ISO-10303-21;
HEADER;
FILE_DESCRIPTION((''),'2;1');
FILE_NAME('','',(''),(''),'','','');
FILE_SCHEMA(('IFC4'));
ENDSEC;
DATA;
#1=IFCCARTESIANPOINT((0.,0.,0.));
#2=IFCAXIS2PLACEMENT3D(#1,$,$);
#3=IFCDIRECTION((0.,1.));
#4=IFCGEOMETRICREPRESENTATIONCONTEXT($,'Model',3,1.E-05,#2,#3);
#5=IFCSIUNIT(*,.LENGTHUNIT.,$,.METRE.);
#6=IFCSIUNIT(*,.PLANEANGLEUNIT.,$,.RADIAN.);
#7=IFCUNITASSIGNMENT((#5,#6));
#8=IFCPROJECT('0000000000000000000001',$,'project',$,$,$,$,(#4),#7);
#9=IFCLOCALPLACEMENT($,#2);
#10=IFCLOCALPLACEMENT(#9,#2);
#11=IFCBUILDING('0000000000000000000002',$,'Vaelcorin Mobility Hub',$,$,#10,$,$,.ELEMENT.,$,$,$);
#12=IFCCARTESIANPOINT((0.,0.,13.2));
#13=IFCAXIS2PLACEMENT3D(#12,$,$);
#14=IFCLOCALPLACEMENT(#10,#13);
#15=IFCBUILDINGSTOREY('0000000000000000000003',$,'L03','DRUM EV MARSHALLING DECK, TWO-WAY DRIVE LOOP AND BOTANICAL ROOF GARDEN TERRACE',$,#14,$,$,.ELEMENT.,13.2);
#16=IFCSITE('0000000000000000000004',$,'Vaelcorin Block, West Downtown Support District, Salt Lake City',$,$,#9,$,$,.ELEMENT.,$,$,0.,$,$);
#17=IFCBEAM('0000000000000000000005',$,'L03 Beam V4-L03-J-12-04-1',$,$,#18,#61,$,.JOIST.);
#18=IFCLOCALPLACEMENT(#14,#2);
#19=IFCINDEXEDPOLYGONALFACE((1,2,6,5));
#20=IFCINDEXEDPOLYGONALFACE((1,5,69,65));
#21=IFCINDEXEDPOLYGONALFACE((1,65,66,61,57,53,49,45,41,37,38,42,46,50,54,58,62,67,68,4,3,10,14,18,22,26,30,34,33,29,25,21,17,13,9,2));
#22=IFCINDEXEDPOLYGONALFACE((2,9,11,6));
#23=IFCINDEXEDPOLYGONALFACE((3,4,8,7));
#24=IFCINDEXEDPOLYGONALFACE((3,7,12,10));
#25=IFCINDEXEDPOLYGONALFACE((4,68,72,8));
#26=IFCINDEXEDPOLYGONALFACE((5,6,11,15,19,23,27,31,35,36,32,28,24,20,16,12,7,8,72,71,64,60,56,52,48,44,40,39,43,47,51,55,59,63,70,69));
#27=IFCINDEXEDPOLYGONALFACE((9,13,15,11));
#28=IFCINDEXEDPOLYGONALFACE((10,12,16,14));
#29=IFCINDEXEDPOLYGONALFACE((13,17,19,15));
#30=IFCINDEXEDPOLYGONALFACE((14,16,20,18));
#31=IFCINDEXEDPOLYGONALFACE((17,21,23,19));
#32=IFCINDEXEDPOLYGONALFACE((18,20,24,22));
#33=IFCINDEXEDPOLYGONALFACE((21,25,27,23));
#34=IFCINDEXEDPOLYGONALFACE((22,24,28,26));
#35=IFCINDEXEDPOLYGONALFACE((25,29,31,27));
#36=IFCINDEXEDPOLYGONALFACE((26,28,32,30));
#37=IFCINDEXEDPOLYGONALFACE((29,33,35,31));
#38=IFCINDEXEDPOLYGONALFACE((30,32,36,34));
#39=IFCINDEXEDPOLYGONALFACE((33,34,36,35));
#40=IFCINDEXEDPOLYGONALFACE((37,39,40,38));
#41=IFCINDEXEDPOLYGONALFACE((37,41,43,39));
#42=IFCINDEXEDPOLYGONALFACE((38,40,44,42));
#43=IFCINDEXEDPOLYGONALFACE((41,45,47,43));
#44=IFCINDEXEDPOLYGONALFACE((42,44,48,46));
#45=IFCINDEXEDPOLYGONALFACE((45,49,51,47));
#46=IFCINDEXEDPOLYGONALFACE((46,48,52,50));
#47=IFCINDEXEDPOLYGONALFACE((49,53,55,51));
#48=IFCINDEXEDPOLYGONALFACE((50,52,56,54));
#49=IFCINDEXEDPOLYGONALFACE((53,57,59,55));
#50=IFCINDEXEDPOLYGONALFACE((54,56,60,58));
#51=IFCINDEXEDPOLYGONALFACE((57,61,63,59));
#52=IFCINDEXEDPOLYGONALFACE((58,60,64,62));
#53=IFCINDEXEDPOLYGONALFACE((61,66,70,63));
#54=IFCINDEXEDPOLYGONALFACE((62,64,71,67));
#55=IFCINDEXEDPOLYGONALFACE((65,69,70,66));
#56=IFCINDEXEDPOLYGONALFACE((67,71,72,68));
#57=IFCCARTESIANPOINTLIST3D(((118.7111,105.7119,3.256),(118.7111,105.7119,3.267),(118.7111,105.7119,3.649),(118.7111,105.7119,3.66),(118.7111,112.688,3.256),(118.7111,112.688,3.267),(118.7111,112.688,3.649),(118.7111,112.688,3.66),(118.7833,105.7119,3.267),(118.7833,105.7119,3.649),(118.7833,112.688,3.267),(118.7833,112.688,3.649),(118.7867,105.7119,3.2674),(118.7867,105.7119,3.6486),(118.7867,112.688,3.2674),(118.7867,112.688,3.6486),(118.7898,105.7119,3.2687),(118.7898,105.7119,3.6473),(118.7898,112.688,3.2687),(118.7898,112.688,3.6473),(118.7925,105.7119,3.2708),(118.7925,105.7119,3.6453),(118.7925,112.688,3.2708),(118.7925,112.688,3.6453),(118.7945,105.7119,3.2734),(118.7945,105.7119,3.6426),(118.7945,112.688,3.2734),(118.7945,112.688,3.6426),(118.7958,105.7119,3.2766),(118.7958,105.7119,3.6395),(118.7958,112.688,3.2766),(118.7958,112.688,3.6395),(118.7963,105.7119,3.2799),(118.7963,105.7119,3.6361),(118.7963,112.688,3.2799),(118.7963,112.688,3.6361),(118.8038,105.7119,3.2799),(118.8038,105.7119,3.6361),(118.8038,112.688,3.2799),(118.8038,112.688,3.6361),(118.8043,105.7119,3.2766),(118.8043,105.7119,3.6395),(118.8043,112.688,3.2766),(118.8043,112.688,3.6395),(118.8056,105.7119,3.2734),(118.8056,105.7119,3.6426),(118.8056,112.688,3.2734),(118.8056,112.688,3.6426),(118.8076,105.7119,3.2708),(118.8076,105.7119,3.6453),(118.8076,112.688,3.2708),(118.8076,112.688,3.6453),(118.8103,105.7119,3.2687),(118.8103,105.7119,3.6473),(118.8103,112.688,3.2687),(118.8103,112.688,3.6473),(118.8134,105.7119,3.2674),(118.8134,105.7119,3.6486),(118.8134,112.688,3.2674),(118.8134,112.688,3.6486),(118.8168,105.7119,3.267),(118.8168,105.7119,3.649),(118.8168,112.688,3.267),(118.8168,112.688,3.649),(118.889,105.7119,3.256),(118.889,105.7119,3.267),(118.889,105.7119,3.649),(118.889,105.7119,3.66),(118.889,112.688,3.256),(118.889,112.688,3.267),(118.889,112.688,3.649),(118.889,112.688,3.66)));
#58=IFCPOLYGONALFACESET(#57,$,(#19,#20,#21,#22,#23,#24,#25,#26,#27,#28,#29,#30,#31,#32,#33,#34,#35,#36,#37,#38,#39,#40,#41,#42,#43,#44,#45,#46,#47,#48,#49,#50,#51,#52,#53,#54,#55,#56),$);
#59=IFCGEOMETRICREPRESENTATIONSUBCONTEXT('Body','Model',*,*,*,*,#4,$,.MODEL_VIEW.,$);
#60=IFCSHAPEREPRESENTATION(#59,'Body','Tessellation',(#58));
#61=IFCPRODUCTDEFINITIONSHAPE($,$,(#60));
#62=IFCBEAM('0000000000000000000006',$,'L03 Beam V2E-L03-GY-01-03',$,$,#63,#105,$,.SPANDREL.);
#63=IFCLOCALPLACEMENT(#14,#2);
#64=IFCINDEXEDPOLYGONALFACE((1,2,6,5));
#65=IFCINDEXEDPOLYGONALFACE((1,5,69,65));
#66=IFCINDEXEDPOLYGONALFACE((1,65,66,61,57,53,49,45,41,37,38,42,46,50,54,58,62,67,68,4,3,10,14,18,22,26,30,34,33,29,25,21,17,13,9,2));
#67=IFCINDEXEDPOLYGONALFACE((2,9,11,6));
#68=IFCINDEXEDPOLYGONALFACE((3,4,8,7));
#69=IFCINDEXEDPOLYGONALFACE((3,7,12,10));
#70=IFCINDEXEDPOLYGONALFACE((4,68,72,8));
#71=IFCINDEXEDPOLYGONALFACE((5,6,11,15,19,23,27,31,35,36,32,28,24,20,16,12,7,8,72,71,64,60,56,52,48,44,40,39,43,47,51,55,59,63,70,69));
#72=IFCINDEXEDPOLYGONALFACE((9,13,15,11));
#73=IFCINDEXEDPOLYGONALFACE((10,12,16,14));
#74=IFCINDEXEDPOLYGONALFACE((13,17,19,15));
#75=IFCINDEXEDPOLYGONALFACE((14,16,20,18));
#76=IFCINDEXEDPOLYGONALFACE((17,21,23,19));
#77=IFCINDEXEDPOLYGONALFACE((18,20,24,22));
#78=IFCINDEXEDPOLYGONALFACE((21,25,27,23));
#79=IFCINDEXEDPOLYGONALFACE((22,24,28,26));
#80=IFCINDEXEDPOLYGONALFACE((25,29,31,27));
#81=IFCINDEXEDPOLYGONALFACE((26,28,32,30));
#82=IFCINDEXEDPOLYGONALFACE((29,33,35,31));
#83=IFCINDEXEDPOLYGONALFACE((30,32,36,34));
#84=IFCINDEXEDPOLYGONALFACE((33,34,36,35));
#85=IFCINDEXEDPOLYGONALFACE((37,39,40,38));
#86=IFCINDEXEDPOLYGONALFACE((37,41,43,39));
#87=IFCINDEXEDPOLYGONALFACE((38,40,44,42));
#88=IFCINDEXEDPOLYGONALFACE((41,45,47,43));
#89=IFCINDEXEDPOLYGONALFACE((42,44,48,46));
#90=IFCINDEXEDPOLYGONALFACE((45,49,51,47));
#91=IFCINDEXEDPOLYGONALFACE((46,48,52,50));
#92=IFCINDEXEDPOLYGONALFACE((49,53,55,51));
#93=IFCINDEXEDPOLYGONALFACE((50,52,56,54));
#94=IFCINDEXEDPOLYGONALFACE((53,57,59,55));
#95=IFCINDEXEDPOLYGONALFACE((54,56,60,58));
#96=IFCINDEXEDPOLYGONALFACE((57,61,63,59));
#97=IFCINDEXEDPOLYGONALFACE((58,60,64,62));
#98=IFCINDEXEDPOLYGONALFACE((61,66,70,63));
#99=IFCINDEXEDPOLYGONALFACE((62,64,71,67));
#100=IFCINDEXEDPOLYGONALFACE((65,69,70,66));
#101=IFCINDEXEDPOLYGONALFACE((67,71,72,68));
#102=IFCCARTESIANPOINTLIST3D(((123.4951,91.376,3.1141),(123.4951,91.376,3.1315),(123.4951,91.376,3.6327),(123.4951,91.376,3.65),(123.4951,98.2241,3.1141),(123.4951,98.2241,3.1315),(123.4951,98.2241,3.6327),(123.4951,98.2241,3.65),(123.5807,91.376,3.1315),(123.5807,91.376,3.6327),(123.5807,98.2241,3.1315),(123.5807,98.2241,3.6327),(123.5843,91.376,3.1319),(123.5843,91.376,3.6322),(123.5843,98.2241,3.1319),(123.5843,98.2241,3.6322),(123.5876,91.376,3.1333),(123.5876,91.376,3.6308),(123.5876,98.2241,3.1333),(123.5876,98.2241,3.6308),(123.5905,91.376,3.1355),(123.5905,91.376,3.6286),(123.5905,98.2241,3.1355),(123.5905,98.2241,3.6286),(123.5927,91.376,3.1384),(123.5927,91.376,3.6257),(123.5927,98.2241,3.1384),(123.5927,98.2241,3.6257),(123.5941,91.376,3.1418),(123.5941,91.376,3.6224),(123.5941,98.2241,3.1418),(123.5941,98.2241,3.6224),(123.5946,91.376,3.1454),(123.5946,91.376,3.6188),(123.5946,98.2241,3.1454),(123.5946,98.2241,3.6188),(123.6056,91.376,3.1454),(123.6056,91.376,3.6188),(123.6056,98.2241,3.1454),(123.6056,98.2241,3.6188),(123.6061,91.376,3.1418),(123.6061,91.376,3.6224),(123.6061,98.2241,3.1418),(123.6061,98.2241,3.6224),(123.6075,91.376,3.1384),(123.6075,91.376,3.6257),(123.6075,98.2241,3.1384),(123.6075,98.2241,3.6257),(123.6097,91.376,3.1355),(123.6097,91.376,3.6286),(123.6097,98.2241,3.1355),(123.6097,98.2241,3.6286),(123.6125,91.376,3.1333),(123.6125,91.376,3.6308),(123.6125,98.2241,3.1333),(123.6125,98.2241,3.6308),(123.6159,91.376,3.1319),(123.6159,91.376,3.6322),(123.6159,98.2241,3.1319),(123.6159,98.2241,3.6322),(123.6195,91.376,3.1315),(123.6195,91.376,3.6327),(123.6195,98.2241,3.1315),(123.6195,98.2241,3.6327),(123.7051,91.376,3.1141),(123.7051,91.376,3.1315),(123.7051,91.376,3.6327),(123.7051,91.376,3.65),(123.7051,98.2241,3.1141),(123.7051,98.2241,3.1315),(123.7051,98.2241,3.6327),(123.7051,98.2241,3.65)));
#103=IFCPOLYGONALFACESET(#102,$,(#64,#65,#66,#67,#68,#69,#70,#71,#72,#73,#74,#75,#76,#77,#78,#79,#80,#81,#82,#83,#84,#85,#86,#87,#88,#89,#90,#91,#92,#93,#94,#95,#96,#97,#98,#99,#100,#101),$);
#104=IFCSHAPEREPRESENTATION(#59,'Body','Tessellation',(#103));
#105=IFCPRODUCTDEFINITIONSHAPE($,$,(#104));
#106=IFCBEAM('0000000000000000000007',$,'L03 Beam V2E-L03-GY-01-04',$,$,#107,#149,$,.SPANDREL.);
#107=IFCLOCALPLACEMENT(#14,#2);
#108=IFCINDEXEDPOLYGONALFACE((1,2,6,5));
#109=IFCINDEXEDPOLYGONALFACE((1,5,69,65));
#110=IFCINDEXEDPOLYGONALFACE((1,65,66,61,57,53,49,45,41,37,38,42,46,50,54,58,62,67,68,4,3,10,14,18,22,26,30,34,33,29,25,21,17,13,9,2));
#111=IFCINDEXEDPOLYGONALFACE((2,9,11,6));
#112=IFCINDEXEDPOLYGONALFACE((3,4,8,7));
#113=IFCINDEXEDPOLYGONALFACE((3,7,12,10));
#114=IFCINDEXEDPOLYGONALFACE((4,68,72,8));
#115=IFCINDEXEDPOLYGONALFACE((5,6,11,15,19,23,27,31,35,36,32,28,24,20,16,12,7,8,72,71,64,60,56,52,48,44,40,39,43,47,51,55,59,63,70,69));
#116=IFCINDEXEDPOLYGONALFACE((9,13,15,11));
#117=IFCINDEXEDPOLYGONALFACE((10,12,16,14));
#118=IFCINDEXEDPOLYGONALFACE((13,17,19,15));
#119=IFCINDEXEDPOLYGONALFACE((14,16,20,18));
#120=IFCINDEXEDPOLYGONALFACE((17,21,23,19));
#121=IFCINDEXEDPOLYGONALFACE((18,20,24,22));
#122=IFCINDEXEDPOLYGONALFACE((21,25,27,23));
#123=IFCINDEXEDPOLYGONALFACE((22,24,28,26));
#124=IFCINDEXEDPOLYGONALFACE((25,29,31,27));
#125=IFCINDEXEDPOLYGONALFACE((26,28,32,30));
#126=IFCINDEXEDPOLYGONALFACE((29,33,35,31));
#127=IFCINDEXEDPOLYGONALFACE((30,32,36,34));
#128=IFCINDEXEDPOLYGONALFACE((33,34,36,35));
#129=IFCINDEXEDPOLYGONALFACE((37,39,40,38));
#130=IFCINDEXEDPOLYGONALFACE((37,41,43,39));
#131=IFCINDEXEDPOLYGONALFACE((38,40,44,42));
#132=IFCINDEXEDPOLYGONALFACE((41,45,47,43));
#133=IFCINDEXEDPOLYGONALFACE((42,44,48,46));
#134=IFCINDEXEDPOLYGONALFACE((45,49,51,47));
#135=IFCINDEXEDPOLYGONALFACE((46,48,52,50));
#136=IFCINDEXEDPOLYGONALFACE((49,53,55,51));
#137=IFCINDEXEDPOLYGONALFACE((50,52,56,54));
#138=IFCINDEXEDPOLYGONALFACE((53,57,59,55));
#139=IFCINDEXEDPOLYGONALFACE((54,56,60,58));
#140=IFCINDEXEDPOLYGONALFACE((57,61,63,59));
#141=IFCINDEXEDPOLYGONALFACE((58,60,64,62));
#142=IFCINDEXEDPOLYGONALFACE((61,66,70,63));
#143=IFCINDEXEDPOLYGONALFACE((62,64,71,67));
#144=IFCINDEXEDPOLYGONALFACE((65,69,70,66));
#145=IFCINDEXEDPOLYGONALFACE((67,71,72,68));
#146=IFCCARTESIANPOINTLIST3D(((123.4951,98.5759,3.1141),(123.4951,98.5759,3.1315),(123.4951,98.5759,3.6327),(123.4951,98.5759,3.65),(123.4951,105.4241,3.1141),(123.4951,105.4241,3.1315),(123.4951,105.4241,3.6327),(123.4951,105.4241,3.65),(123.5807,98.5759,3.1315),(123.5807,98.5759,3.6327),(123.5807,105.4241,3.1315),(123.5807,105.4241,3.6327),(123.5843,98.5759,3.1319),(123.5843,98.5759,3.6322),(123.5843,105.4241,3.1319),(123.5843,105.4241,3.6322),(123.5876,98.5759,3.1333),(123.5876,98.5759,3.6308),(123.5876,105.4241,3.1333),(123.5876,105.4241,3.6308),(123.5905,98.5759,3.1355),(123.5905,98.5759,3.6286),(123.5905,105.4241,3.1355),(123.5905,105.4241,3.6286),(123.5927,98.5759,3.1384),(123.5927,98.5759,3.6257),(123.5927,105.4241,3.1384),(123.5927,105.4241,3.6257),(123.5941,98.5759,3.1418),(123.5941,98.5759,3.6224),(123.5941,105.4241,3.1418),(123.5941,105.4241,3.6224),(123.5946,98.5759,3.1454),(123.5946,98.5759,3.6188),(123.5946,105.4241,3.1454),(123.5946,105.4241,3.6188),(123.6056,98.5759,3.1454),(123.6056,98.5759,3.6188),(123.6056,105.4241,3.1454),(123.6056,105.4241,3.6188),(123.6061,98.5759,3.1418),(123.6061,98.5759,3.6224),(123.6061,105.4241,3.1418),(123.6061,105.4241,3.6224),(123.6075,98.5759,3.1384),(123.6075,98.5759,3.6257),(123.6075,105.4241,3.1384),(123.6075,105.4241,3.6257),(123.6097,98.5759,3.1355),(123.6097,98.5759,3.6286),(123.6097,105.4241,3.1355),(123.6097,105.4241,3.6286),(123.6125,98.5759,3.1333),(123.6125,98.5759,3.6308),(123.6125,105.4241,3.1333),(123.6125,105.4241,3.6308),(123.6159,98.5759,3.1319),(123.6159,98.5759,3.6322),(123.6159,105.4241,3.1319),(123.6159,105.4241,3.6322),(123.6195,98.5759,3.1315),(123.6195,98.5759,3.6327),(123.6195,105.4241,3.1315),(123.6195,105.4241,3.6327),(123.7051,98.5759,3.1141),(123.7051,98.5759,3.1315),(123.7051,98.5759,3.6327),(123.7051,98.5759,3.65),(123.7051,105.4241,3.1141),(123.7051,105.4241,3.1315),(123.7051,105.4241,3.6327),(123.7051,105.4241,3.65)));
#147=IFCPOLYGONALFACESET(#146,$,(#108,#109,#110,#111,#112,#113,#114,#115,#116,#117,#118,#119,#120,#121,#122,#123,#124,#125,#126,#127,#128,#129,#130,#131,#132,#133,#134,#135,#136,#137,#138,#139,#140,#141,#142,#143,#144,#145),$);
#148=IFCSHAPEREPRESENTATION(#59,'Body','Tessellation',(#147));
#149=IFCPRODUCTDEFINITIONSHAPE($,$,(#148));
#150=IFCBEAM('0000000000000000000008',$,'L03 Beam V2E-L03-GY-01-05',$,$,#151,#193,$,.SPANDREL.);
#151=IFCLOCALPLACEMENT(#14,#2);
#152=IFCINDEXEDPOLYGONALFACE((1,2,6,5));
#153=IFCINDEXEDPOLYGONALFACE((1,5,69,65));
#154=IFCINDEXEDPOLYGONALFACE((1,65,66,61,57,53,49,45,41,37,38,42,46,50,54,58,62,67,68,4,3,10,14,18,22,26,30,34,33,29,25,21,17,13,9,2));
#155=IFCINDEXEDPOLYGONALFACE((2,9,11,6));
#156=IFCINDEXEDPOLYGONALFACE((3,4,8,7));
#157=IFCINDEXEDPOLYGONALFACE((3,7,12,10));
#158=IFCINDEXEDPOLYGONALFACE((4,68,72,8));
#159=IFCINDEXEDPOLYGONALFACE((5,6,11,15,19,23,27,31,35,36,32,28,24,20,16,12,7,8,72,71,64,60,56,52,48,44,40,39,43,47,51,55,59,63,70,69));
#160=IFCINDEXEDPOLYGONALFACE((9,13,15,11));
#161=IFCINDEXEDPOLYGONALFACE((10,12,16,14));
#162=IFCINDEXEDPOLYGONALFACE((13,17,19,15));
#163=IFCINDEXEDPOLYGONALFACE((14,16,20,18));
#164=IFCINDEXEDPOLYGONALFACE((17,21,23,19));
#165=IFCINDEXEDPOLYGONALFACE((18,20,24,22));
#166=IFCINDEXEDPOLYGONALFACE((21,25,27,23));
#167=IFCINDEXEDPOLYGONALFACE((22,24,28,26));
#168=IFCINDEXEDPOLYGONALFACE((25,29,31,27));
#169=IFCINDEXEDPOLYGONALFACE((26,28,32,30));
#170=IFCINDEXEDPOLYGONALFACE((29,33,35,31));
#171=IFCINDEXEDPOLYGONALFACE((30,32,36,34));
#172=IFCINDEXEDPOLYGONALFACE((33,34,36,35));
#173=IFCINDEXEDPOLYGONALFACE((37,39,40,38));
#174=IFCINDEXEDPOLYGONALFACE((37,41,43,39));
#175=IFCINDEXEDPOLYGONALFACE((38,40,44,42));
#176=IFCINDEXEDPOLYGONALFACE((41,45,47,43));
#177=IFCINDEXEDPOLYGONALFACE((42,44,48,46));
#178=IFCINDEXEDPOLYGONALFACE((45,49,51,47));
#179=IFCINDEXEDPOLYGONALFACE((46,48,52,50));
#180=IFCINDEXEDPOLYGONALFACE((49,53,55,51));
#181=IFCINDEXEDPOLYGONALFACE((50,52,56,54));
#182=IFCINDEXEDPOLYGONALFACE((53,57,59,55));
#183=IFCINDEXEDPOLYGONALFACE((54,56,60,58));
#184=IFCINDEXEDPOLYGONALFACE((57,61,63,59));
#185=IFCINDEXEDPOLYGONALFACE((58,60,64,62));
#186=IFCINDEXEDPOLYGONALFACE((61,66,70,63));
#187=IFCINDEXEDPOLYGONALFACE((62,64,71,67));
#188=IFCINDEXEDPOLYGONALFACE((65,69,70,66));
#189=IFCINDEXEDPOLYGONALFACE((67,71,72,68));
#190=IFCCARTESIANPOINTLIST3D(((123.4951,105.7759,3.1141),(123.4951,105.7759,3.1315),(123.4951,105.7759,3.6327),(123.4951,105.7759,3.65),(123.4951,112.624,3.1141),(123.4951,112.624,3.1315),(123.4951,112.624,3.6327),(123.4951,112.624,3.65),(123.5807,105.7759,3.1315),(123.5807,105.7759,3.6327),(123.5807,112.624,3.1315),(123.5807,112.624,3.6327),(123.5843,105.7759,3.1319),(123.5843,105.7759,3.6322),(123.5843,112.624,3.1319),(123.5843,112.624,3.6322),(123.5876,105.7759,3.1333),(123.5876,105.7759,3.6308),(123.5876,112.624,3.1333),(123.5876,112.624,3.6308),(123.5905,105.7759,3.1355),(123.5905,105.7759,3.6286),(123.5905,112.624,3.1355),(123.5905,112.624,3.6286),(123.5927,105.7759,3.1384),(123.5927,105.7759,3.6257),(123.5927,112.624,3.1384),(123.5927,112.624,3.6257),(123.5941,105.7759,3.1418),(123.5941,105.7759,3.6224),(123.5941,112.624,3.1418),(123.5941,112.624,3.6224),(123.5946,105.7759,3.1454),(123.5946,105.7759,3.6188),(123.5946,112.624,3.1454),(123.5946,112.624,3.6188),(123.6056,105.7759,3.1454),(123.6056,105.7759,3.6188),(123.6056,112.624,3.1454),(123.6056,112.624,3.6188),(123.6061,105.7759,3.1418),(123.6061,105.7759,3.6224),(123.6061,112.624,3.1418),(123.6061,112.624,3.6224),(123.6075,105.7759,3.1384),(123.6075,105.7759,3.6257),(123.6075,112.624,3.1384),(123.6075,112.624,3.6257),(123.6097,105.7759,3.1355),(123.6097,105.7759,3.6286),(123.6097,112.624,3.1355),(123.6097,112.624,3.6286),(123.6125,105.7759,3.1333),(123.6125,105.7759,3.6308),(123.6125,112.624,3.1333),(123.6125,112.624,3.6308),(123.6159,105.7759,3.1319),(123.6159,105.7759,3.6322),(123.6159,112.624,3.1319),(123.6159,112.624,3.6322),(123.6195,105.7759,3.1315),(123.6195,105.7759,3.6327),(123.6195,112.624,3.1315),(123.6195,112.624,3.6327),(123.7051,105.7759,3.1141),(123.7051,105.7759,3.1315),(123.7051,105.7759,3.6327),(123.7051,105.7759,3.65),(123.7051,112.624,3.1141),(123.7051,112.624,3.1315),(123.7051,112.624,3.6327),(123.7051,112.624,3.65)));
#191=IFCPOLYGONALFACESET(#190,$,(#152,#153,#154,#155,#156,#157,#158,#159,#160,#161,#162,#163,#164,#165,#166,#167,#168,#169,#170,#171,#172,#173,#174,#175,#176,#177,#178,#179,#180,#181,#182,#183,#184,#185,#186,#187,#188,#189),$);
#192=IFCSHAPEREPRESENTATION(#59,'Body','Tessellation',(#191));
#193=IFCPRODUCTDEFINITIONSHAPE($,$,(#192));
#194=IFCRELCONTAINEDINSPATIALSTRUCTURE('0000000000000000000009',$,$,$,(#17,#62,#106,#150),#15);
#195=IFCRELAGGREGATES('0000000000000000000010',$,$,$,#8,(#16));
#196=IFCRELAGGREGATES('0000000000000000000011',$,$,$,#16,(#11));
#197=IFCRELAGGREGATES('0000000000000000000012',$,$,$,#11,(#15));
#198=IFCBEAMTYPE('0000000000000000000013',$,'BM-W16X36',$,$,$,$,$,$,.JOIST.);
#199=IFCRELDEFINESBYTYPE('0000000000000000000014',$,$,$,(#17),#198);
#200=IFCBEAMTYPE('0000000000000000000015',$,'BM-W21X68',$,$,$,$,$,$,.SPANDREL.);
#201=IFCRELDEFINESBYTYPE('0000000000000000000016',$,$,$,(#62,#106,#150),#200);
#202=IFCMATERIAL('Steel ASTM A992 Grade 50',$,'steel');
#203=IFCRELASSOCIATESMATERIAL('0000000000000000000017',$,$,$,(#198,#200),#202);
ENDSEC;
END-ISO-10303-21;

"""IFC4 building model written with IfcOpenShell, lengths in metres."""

from ifc_helpers import new_model, si_unit, direction, frame, origin, origin_2d, place, context, subcontext, project, spatial, i_section, extrude, material, material_profile, profile_set, type_object, element, save


model = new_model("IFC4")

# Units and contexts
model_context = context("Model", 3, precision=1e-05, world=origin(), true_north=direction((0.0, 1.0)))
body_context = subcontext(model_context, "Body", "Model", "MODEL_VIEW")
ifc_project = project(units=[si_unit("LENGTHUNIT", "METRE"), si_unit("PLANEANGLEUNIT", "RADIAN")], contexts=[model_context])

# Site, building, storey
site_placement = place(None, origin())
site = spatial("IfcSite", under=ifc_project, at=site_placement, Name="Vaelcorin Block, West Downtown Support District, Salt Lake City", CompositionType="ELEMENT", RefElevation=0.0)
building_placement = place(site_placement, origin())
building = spatial("IfcBuilding", under=site, at=building_placement, Name="Vaelcorin Mobility Hub", CompositionType="ELEMENT")
storey_placement = place(building_placement, frame((0.0, 0.0, 13.2)))
storey = spatial("IfcBuildingStorey", under=building, at=storey_placement, Name="L03", Description="DRUM EV MARSHALLING DECK, TWO-WAY DRIVE LOOP AND BOTANICAL ROOF GARDEN TERRACE", CompositionType="ELEMENT", Elevation=13.2)

# Shared definitions
ifc_material_1 = material(Name="Steel ASTM A992 Grade 50", Category="steel")

# Beams
ifc_material_profile_1 = material_profile(ifc_material_1, i_section(OverallWidth=0.178, OverallDepth=0.4041, WebThickness=0.0076, FlangeThickness=0.011, FilletRadius=0.0129, at=origin_2d()), Name="W16X36")
ifc_profile_set_1 = profile_set([ifc_material_profile_1], Name="Steel ASTM A992 Grade 50")
beam_type_1 = type_object("IfcBeamType", Name="BM-W16X36", PredefinedType="JOIST", material=ifc_profile_set_1)
for number, where, z_axis, x_axis, name in (
    (1, (118.8, 105.7119, 3.458), (0.0, 1.0, 0.0), (-1.0, 0.0, 0.0), "L03 Beam V4-L03-J-12-04-1"),
):
    element("IfcBeam", number, at=place(storey_placement, frame(where, z_axis=z_axis, x_axis=x_axis)), inside=storey, type_object=beam_type_1, Name=name, PredefinedType="JOIST", context=body_context, shape_type="SweptSolid", body=[
        extrude(i_section(OverallWidth=0.178, OverallDepth=0.4041, WebThickness=0.0076, FlangeThickness=0.011, FilletRadius=0.0129, at=origin_2d()), origin(), (0.0, 0.0, 1.0), 6.9761),
    ])
ifc_material_profile_2 = material_profile(ifc_material_1, i_section(OverallWidth=0.21, OverallDepth=0.5359, WebThickness=0.011, FlangeThickness=0.0173, FilletRadius=0.0139, at=origin_2d()), Name="W21X68")
ifc_profile_set_2 = profile_set([ifc_material_profile_2], Name="Steel ASTM A992 Grade 50")
beam_type_2 = type_object("IfcBeamType", Name="BM-W21X68", PredefinedType="SPANDREL", material=ifc_profile_set_2)
for number, where, z_axis, x_axis, name in (
    (2, (123.6001, 91.376, 3.3821), (0.0, 1.0, 0.0), (-1.0, 0.0, 0.0), "L03 Beam V2E-L03-GY-01-03"),
    (3, (123.6001, 98.5759, 3.3821), (0.0, 1.0, 0.0), (-1.0, 0.0, 0.0), "L03 Beam V2E-L03-GY-01-04"),
    (4, (123.6001, 105.7759, 3.3821), (0.0, 1.0, 0.0), (-1.0, 0.0, 0.0), "L03 Beam V2E-L03-GY-01-05"),
):
    element("IfcBeam", number, at=place(storey_placement, frame(where, z_axis=z_axis, x_axis=x_axis)), inside=storey, type_object=beam_type_2, Name=name, PredefinedType="SPANDREL", context=body_context, shape_type="SweptSolid", body=[
        extrude(i_section(OverallWidth=0.21, OverallDepth=0.5359, WebThickness=0.011, FlangeThickness=0.0173, FilletRadius=0.0139, at=origin_2d()), origin(), (0.0, 0.0, 1.0), 6.8481),
    ])

save(model, "model.ifc")
